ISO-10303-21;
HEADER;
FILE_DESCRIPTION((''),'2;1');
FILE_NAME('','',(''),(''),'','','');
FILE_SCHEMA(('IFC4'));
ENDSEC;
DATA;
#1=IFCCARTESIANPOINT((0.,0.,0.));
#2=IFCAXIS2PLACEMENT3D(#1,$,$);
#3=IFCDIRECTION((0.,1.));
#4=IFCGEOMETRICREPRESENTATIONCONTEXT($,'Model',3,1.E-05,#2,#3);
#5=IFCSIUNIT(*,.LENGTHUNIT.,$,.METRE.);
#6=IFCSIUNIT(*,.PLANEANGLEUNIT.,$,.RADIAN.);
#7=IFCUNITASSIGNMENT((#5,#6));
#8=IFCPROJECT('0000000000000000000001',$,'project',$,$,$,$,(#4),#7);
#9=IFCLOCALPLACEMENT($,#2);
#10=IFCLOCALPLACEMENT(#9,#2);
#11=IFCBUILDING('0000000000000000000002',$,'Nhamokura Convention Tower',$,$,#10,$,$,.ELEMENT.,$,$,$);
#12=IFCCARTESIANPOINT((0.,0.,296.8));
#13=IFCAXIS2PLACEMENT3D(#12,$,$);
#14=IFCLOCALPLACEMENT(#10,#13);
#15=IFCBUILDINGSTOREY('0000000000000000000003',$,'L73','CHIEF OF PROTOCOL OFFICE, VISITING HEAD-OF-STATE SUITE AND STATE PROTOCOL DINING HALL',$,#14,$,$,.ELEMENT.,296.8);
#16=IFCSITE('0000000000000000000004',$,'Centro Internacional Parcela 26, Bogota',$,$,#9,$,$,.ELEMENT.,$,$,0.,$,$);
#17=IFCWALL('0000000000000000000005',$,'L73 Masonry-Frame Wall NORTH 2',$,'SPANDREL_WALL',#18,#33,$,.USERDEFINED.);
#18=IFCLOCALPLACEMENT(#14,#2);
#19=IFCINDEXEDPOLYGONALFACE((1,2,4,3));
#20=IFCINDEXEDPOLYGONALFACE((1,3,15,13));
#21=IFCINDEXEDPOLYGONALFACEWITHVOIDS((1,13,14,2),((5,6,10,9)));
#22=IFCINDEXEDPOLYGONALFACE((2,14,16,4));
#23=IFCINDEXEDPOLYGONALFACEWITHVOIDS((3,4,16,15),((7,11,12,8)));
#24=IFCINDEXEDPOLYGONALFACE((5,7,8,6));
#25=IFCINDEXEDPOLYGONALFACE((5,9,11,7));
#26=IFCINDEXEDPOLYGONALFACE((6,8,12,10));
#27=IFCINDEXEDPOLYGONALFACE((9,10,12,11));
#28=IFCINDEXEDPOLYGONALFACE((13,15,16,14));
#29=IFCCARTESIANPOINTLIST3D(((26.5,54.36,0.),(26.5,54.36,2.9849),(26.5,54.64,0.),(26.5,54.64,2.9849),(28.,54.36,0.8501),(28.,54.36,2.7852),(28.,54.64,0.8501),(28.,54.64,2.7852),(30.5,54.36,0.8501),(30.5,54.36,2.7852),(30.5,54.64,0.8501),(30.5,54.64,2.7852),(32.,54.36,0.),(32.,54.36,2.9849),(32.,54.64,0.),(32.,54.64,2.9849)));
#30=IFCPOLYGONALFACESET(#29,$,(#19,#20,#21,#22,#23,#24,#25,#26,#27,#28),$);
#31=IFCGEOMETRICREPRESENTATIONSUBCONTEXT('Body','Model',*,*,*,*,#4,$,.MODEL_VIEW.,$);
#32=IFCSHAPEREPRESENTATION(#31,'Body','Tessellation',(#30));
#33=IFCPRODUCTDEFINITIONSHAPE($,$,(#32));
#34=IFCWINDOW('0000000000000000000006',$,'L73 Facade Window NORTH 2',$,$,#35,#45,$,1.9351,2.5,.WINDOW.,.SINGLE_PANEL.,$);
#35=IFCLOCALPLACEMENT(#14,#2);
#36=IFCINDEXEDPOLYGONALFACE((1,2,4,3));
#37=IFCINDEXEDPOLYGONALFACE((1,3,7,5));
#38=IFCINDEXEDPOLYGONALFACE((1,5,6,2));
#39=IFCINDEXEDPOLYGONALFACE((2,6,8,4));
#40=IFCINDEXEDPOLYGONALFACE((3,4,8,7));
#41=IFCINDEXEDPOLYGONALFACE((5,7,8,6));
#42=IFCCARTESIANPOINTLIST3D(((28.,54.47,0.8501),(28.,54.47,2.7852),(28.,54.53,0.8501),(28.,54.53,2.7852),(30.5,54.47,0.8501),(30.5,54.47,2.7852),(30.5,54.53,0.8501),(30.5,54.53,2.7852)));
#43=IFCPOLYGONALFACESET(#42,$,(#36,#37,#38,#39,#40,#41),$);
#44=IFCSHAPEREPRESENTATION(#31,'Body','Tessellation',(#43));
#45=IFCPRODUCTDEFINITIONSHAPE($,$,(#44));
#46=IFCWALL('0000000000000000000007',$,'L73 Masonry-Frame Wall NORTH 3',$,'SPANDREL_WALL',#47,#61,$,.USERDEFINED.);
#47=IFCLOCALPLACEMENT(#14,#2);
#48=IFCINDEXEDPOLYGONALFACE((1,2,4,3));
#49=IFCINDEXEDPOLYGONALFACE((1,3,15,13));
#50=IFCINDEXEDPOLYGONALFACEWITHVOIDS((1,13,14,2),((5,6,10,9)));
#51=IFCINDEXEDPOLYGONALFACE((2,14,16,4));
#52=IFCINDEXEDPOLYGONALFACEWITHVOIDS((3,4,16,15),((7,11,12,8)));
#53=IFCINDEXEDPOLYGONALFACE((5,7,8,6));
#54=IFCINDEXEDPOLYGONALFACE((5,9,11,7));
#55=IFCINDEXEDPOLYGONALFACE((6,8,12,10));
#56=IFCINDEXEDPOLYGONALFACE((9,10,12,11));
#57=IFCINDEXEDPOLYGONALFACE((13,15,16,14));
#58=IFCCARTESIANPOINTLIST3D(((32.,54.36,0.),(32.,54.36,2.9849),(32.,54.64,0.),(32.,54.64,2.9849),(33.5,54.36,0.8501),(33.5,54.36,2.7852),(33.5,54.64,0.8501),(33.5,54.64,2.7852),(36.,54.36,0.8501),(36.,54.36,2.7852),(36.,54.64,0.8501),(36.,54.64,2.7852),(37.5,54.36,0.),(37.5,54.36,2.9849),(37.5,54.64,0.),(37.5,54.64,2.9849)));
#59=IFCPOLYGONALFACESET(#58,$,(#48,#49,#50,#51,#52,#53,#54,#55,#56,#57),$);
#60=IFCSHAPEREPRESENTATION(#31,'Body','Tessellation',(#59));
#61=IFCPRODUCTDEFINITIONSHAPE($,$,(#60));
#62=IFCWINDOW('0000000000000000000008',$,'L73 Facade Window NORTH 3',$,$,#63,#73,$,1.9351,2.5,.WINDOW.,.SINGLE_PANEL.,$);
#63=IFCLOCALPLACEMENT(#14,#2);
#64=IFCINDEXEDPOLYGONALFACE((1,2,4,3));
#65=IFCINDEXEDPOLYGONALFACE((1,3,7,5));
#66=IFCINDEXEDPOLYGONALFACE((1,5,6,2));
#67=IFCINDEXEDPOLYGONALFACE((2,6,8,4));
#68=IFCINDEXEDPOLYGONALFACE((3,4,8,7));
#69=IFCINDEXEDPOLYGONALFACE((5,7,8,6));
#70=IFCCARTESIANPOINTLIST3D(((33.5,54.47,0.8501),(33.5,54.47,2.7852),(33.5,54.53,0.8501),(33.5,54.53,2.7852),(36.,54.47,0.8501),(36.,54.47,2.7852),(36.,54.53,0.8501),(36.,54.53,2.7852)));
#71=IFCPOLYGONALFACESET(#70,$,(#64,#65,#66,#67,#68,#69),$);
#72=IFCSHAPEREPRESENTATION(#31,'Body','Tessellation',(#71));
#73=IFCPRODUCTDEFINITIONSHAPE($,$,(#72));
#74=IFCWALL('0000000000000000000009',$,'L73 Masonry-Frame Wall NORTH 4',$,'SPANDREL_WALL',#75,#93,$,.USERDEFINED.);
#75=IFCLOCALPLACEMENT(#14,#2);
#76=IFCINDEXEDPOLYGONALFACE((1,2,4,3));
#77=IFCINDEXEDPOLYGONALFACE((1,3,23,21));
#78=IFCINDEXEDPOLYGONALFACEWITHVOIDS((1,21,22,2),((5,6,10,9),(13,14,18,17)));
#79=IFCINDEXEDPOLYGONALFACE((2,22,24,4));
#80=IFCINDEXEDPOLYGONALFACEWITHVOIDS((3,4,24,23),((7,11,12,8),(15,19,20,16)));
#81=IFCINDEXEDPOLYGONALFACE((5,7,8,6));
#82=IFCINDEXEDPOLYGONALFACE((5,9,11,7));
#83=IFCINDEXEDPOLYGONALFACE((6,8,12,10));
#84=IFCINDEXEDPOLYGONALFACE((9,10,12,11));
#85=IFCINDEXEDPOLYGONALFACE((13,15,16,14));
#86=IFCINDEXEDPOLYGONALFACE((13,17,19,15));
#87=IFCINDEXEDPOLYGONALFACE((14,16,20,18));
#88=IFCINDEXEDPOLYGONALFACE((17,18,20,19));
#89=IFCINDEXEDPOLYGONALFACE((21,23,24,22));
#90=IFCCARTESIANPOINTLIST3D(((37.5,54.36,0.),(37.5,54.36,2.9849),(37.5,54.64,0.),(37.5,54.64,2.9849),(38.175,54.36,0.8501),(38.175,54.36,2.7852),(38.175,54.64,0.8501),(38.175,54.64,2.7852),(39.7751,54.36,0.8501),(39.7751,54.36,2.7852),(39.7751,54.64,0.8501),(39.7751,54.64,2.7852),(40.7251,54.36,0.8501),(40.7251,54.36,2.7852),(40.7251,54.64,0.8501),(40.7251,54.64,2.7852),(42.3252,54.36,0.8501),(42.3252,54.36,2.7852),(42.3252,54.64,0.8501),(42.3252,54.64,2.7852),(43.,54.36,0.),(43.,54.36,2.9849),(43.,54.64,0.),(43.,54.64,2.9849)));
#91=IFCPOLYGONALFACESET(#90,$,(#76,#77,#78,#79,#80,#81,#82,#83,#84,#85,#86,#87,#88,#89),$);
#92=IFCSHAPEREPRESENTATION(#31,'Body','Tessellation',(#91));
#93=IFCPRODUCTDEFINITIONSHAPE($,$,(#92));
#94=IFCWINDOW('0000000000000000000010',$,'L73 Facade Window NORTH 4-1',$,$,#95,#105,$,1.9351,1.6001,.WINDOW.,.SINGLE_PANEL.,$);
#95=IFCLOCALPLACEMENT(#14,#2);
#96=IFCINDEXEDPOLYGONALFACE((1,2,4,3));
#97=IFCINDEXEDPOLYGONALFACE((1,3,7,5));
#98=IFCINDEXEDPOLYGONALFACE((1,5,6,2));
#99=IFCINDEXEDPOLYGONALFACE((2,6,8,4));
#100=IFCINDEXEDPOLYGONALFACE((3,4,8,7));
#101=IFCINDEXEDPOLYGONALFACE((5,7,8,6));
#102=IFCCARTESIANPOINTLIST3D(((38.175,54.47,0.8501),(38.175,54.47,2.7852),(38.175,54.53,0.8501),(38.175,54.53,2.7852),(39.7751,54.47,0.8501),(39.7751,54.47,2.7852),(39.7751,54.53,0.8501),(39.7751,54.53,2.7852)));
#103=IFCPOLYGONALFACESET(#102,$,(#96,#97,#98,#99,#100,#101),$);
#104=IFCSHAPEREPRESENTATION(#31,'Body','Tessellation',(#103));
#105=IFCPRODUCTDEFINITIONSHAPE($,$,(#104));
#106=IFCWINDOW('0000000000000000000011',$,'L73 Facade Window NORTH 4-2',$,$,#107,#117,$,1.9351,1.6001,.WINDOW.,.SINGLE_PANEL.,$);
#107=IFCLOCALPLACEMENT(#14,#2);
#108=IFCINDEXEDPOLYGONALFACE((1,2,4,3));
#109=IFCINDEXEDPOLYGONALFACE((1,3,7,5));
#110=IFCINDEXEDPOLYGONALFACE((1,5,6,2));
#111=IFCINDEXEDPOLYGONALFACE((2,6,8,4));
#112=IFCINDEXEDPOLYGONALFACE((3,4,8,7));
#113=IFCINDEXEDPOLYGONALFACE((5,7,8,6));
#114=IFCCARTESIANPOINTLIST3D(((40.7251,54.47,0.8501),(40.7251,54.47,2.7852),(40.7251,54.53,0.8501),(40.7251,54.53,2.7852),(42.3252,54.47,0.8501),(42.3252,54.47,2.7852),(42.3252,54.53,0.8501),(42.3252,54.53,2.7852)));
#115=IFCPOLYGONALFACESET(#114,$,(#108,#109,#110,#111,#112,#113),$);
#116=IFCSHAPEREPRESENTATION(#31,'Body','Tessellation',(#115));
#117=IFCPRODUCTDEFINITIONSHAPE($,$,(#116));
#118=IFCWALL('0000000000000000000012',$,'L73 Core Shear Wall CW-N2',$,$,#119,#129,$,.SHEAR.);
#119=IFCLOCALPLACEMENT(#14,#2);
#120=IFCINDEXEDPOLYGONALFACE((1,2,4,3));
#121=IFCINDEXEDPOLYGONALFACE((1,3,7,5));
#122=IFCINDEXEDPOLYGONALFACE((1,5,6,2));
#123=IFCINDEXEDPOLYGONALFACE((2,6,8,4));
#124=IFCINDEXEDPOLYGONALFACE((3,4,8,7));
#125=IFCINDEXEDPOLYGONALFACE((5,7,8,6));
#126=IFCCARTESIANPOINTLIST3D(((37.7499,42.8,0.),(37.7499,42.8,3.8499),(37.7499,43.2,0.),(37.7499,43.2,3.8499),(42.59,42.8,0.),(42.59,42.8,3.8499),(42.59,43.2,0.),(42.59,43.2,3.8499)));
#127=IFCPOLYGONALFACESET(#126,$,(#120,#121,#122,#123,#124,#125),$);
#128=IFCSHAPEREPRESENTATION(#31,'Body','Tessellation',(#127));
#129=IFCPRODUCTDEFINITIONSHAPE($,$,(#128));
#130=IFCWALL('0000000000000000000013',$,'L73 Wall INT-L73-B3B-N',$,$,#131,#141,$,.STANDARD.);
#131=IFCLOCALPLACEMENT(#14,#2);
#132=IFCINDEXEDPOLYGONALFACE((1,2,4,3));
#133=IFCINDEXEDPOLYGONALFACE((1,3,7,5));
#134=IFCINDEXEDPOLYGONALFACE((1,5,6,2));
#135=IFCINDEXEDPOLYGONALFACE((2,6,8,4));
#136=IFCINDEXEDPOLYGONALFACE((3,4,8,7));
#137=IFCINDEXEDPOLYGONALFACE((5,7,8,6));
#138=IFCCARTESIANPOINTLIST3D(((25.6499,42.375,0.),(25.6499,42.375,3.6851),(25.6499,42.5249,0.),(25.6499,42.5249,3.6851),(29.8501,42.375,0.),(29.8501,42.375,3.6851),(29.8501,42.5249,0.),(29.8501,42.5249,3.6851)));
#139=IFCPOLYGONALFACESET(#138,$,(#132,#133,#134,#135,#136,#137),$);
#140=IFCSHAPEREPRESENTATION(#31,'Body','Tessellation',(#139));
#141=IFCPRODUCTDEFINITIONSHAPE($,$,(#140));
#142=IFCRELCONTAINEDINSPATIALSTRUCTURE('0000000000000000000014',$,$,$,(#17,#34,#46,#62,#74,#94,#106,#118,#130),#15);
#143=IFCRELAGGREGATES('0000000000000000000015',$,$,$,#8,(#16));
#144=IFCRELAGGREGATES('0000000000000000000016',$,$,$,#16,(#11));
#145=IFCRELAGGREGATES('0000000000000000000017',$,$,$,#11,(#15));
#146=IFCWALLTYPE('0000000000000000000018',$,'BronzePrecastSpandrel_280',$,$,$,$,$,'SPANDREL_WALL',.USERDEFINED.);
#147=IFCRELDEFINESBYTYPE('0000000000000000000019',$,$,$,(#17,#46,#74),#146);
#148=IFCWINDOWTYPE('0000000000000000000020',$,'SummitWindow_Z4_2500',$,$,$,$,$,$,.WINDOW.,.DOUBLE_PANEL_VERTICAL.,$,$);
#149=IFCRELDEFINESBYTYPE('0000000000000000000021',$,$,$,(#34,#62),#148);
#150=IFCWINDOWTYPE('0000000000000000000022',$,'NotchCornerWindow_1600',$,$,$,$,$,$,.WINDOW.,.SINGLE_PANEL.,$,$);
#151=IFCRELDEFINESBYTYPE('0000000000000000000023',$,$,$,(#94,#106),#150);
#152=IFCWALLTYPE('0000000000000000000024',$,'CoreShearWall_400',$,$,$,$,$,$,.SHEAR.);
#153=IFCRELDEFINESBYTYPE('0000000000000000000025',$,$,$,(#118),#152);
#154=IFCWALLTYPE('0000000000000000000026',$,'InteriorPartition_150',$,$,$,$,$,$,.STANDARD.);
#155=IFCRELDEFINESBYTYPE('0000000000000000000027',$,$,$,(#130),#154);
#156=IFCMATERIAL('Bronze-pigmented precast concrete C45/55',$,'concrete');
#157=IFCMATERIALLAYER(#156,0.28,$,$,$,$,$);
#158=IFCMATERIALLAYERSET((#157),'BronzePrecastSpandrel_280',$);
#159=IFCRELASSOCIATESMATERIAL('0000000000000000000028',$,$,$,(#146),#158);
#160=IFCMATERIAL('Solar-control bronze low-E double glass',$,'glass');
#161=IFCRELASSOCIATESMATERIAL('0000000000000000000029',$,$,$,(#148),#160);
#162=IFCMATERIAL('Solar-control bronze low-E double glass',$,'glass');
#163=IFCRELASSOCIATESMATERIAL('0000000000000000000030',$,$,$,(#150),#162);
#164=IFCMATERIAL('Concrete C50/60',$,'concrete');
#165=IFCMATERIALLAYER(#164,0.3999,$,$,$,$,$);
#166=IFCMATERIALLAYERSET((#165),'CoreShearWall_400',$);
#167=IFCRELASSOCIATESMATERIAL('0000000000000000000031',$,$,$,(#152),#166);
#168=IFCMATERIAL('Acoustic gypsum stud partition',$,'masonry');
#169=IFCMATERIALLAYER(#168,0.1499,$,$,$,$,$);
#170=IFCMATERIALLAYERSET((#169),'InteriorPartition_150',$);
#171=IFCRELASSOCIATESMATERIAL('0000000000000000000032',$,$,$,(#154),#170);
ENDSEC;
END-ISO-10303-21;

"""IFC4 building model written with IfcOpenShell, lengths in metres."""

from ifc_helpers import new_model, si_unit, direction, frame, frame_2d, origin, place, context, subcontext, project, spatial, rectangle, extrude, material, layer, layer_set, type_object, element, fill, save


model = new_model("IFC4")

# Units and contexts
model_context = context("Model", 3, precision=1e-05, world=origin(), true_north=direction((0.0, 1.0)))
body_context = subcontext(model_context, "Body", "Model", "MODEL_VIEW")
ifc_project = project(units=[si_unit("LENGTHUNIT", "METRE"), si_unit("PLANEANGLEUNIT", "RADIAN")], contexts=[model_context])

# Site, building, storey
site_placement = place(None, origin())
site = spatial("IfcSite", under=ifc_project, at=site_placement, Name="Centro Internacional Parcela 26, Bogota", CompositionType="ELEMENT", RefElevation=0.0)
building_placement = place(site_placement, origin())
building = spatial("IfcBuilding", under=site, at=building_placement, Name="Nhamokura Convention Tower", CompositionType="ELEMENT")
storey_placement = place(building_placement, frame((0.0, 0.0, 296.8)))
storey = spatial("IfcBuildingStorey", under=building, at=storey_placement, Name="L73", Description="CHIEF OF PROTOCOL OFFICE, VISITING HEAD-OF-STATE SUITE AND STATE PROTOCOL DINING HALL", CompositionType="ELEMENT", Elevation=296.8)

# Walls, openings, windows
ifc_material_1 = material(Name="Bronze-pigmented precast concrete C45/55", Category="concrete")
ifc_layer_1 = layer(ifc_material_1, 0.28)
ifc_layer_set_1 = layer_set([ifc_layer_1], Name="BronzePrecastSpandrel_280")
wall_type_1 = type_object("IfcWallType", Name="BronzePrecastSpandrel_280", ElementType="SPANDREL_WALL", PredefinedType="USERDEFINED", material=ifc_layer_set_1)
wall_1_placement = place(storey_placement, frame((26.5, 54.5, 0.0), z_axis=(0.0, 0.0, 1.0), x_axis=(1.0, 0.0, 0.0)))
wall_1 = element("IfcWall", 1, at=wall_1_placement, inside=storey, type_object=wall_type_1, Name="L73 Masonry-Frame Wall NORTH 2", ObjectType="SPANDREL_WALL", PredefinedType="USERDEFINED", context=body_context, shape_type="SweptSolid", body=[
    extrude(rectangle(XDim=5.5, YDim=0.28, at=frame_2d((2.75, 0.0))), origin(), (0.0, 0.0, 1.0), 2.9849),
])
opening_1_placement = place(wall_1_placement, frame((1.5, 0.0, 0.8501)))
opening_1 = element("IfcOpeningElement", 2, at=opening_1_placement, cuts=wall_1, PredefinedType="OPENING", context=body_context, shape_type="SweptSolid", body=[
    extrude(rectangle(XDim=2.5, YDim=1.9351, at=frame_2d((1.25, 0.9675))), frame((0.0, 0.1499, 0.0), z_axis=(0.0, -1.0, 0.0), x_axis=(1.0, 0.0, 0.0)), (0.0, 0.0, 1.0), 0.3),
])
ifc_material_2 = material(Name="Solar-control bronze low-E double glass", Category="glass")
window_type_1 = type_object("IfcWindowType", Name="SummitWindow_Z4_2500", PartitioningType="DOUBLE_PANEL_VERTICAL", PredefinedType="WINDOW", material=ifc_material_2)
window_1_placement = place(opening_1_placement, origin())
window_1 = element("IfcWindow", 3, at=window_1_placement, inside=storey, type_object=window_type_1, Name="L73 Facade Window NORTH 2", OverallHeight=1.9351, OverallWidth=2.5, PartitioningType="SINGLE_PANEL", PredefinedType="WINDOW", context=body_context, shape_type="SweptSolid", body=[
    extrude(rectangle(XDim=2.5, YDim=1.9351, at=frame_2d((1.25, 0.9675))), frame((0.0, 0.03, 0.0), z_axis=(0.0, -1.0, 0.0), x_axis=(1.0, 0.0, 0.0)), (0.0, 0.0, 1.0), 0.0601),
])
fill(opening_1, window_1)
wall_2_placement = place(storey_placement, frame((32.0, 54.5, 0.0), z_axis=(0.0, 0.0, 1.0), x_axis=(1.0, 0.0, 0.0)))
wall_2 = element("IfcWall", 4, at=wall_2_placement, inside=storey, type_object=wall_type_1, Name="L73 Masonry-Frame Wall NORTH 3", ObjectType="SPANDREL_WALL", PredefinedType="USERDEFINED", context=body_context, shape_type="SweptSolid", body=[
    extrude(rectangle(XDim=5.5, YDim=0.28, at=frame_2d((2.75, 0.0))), origin(), (0.0, 0.0, 1.0), 2.9849),
])
opening_2_placement = place(wall_2_placement, frame((1.5, 0.0, 0.8501)))
opening_2 = element("IfcOpeningElement", 5, at=opening_2_placement, cuts=wall_2, PredefinedType="OPENING", context=body_context, shape_type="SweptSolid", body=[
    extrude(rectangle(XDim=2.5, YDim=1.9351, at=frame_2d((1.25, 0.9675))), frame((0.0, 0.1499, 0.0), z_axis=(0.0, -1.0, 0.0), x_axis=(1.0, 0.0, 0.0)), (0.0, 0.0, 1.0), 0.3),
])
window_2_placement = place(opening_2_placement, origin())
window_2 = element("IfcWindow", 6, at=window_2_placement, inside=storey, type_object=window_type_1, Name="L73 Facade Window NORTH 3", OverallHeight=1.9351, OverallWidth=2.5, PartitioningType="SINGLE_PANEL", PredefinedType="WINDOW", context=body_context, shape_type="SweptSolid", body=[
    extrude(rectangle(XDim=2.5, YDim=1.9351, at=frame_2d((1.25, 0.9675))), frame((0.0, 0.03, 0.0), z_axis=(0.0, -1.0, 0.0), x_axis=(1.0, 0.0, 0.0)), (0.0, 0.0, 1.0), 0.0601),
])
fill(opening_2, window_2)

# Wall, openings, windows
wall_3_placement = place(storey_placement, frame((37.5, 54.5, 0.0), z_axis=(0.0, 0.0, 1.0), x_axis=(1.0, 0.0, 0.0)))
wall_3 = element("IfcWall", 7, at=wall_3_placement, inside=storey, type_object=wall_type_1, Name="L73 Masonry-Frame Wall NORTH 4", ObjectType="SPANDREL_WALL", PredefinedType="USERDEFINED", context=body_context, shape_type="SweptSolid", body=[
    extrude(rectangle(XDim=5.5, YDim=0.28, at=frame_2d((2.75, 0.0))), origin(), (0.0, 0.0, 1.0), 2.9849),
])
opening_3_placement = place(wall_3_placement, frame((0.675, 0.0, 0.8501)))
opening_3 = element("IfcOpeningElement", 8, at=opening_3_placement, cuts=wall_3, PredefinedType="OPENING", context=body_context, shape_type="SweptSolid", body=[
    extrude(rectangle(XDim=1.6001, YDim=1.9351, at=frame_2d((0.8, 0.9675))), frame((0.0, 0.1499, 0.0), z_axis=(0.0, -1.0, 0.0), x_axis=(1.0, 0.0, 0.0)), (0.0, 0.0, 1.0), 0.3),
])
opening_4_placement = place(wall_3_placement, frame((3.2251, 0.0, 0.8501)))
opening_4 = element("IfcOpeningElement", 9, at=opening_4_placement, cuts=wall_3, PredefinedType="OPENING", context=body_context, shape_type="SweptSolid", body=[
    extrude(rectangle(XDim=1.6001, YDim=1.9351, at=frame_2d((0.8, 0.9675))), frame((0.0, 0.1499, 0.0), z_axis=(0.0, -1.0, 0.0), x_axis=(1.0, 0.0, 0.0)), (0.0, 0.0, 1.0), 0.3),
])
ifc_material_3 = material(Name="Solar-control bronze low-E double glass", Category="glass")
window_type_2 = type_object("IfcWindowType", Name="NotchCornerWindow_1600", PartitioningType="SINGLE_PANEL", PredefinedType="WINDOW", material=ifc_material_3)
window_3_placement = place(opening_3_placement, origin())
window_3 = element("IfcWindow", 10, at=window_3_placement, inside=storey, type_object=window_type_2, Name="L73 Facade Window NORTH 4-1", OverallHeight=1.9351, OverallWidth=1.6001, PartitioningType="SINGLE_PANEL", PredefinedType="WINDOW", context=body_context, shape_type="SweptSolid", body=[
    extrude(rectangle(XDim=1.6001, YDim=1.9351, at=frame_2d((0.8, 0.9675))), frame((0.0, 0.03, 0.0), z_axis=(0.0, -1.0, 0.0), x_axis=(1.0, 0.0, 0.0)), (0.0, 0.0, 1.0), 0.0601),
])
fill(opening_3, window_3)
window_4_placement = place(opening_4_placement, origin())
window_4 = element("IfcWindow", 11, at=window_4_placement, inside=storey, type_object=window_type_2, Name="L73 Facade Window NORTH 4-2", OverallHeight=1.9351, OverallWidth=1.6001, PartitioningType="SINGLE_PANEL", PredefinedType="WINDOW", context=body_context, shape_type="SweptSolid", body=[
    extrude(rectangle(XDim=1.6001, YDim=1.9351, at=frame_2d((0.8, 0.9675))), frame((0.0, 0.03, 0.0), z_axis=(0.0, -1.0, 0.0), x_axis=(1.0, 0.0, 0.0)), (0.0, 0.0, 1.0), 0.0601),
])
fill(opening_4, window_4)

# Wall
ifc_material_4 = material(Name="Concrete C50/60", Category="concrete")
ifc_layer_2 = layer(ifc_material_4, 0.3999)
ifc_layer_set_2 = layer_set([ifc_layer_2], Name="CoreShearWall_400")
wall_type_2 = type_object("IfcWallType", Name="CoreShearWall_400", PredefinedType="SHEAR", material=ifc_layer_set_2)
wall_4_placement = place(storey_placement, frame((37.75, 43.0, 0.0), z_axis=(0.0, 0.0, 1.0), x_axis=(1.0, 0.0, 0.0)))
element("IfcWall", 12, at=wall_4_placement, inside=storey, type_object=wall_type_2, Name="L73 Core Shear Wall CW-N2", PredefinedType="SHEAR", context=body_context, shape_type="SweptSolid", body=[
    extrude(rectangle(XDim=4.8401, YDim=0.3999, at=frame_2d((2.4199, 0.0))), origin(), (0.0, 0.0, 1.0), 3.8499),
])

# Wall
ifc_material_5 = material(Name="Acoustic gypsum stud partition", Category="masonry")
ifc_layer_3 = layer(ifc_material_5, 0.1499)
ifc_layer_set_3 = layer_set([ifc_layer_3], Name="InteriorPartition_150")
wall_type_3 = type_object("IfcWallType", Name="InteriorPartition_150", PredefinedType="STANDARD", material=ifc_layer_set_3)
wall_5_placement = place(storey_placement, frame((25.6499, 42.45, 0.0), z_axis=(0.0, 0.0, 1.0), x_axis=(1.0, 0.0, 0.0)))
element("IfcWall", 13, at=wall_5_placement, inside=storey, type_object=wall_type_3, Name="L73 Wall INT-L73-B3B-N", PredefinedType="STANDARD", context=body_context, shape_type="SweptSolid", body=[
    extrude(rectangle(XDim=4.2002, YDim=0.1499, at=frame_2d((2.1001, 0.0))), origin(), (0.0, 0.0, 1.0), 3.6851),
])

save(model, "model.ifc")
